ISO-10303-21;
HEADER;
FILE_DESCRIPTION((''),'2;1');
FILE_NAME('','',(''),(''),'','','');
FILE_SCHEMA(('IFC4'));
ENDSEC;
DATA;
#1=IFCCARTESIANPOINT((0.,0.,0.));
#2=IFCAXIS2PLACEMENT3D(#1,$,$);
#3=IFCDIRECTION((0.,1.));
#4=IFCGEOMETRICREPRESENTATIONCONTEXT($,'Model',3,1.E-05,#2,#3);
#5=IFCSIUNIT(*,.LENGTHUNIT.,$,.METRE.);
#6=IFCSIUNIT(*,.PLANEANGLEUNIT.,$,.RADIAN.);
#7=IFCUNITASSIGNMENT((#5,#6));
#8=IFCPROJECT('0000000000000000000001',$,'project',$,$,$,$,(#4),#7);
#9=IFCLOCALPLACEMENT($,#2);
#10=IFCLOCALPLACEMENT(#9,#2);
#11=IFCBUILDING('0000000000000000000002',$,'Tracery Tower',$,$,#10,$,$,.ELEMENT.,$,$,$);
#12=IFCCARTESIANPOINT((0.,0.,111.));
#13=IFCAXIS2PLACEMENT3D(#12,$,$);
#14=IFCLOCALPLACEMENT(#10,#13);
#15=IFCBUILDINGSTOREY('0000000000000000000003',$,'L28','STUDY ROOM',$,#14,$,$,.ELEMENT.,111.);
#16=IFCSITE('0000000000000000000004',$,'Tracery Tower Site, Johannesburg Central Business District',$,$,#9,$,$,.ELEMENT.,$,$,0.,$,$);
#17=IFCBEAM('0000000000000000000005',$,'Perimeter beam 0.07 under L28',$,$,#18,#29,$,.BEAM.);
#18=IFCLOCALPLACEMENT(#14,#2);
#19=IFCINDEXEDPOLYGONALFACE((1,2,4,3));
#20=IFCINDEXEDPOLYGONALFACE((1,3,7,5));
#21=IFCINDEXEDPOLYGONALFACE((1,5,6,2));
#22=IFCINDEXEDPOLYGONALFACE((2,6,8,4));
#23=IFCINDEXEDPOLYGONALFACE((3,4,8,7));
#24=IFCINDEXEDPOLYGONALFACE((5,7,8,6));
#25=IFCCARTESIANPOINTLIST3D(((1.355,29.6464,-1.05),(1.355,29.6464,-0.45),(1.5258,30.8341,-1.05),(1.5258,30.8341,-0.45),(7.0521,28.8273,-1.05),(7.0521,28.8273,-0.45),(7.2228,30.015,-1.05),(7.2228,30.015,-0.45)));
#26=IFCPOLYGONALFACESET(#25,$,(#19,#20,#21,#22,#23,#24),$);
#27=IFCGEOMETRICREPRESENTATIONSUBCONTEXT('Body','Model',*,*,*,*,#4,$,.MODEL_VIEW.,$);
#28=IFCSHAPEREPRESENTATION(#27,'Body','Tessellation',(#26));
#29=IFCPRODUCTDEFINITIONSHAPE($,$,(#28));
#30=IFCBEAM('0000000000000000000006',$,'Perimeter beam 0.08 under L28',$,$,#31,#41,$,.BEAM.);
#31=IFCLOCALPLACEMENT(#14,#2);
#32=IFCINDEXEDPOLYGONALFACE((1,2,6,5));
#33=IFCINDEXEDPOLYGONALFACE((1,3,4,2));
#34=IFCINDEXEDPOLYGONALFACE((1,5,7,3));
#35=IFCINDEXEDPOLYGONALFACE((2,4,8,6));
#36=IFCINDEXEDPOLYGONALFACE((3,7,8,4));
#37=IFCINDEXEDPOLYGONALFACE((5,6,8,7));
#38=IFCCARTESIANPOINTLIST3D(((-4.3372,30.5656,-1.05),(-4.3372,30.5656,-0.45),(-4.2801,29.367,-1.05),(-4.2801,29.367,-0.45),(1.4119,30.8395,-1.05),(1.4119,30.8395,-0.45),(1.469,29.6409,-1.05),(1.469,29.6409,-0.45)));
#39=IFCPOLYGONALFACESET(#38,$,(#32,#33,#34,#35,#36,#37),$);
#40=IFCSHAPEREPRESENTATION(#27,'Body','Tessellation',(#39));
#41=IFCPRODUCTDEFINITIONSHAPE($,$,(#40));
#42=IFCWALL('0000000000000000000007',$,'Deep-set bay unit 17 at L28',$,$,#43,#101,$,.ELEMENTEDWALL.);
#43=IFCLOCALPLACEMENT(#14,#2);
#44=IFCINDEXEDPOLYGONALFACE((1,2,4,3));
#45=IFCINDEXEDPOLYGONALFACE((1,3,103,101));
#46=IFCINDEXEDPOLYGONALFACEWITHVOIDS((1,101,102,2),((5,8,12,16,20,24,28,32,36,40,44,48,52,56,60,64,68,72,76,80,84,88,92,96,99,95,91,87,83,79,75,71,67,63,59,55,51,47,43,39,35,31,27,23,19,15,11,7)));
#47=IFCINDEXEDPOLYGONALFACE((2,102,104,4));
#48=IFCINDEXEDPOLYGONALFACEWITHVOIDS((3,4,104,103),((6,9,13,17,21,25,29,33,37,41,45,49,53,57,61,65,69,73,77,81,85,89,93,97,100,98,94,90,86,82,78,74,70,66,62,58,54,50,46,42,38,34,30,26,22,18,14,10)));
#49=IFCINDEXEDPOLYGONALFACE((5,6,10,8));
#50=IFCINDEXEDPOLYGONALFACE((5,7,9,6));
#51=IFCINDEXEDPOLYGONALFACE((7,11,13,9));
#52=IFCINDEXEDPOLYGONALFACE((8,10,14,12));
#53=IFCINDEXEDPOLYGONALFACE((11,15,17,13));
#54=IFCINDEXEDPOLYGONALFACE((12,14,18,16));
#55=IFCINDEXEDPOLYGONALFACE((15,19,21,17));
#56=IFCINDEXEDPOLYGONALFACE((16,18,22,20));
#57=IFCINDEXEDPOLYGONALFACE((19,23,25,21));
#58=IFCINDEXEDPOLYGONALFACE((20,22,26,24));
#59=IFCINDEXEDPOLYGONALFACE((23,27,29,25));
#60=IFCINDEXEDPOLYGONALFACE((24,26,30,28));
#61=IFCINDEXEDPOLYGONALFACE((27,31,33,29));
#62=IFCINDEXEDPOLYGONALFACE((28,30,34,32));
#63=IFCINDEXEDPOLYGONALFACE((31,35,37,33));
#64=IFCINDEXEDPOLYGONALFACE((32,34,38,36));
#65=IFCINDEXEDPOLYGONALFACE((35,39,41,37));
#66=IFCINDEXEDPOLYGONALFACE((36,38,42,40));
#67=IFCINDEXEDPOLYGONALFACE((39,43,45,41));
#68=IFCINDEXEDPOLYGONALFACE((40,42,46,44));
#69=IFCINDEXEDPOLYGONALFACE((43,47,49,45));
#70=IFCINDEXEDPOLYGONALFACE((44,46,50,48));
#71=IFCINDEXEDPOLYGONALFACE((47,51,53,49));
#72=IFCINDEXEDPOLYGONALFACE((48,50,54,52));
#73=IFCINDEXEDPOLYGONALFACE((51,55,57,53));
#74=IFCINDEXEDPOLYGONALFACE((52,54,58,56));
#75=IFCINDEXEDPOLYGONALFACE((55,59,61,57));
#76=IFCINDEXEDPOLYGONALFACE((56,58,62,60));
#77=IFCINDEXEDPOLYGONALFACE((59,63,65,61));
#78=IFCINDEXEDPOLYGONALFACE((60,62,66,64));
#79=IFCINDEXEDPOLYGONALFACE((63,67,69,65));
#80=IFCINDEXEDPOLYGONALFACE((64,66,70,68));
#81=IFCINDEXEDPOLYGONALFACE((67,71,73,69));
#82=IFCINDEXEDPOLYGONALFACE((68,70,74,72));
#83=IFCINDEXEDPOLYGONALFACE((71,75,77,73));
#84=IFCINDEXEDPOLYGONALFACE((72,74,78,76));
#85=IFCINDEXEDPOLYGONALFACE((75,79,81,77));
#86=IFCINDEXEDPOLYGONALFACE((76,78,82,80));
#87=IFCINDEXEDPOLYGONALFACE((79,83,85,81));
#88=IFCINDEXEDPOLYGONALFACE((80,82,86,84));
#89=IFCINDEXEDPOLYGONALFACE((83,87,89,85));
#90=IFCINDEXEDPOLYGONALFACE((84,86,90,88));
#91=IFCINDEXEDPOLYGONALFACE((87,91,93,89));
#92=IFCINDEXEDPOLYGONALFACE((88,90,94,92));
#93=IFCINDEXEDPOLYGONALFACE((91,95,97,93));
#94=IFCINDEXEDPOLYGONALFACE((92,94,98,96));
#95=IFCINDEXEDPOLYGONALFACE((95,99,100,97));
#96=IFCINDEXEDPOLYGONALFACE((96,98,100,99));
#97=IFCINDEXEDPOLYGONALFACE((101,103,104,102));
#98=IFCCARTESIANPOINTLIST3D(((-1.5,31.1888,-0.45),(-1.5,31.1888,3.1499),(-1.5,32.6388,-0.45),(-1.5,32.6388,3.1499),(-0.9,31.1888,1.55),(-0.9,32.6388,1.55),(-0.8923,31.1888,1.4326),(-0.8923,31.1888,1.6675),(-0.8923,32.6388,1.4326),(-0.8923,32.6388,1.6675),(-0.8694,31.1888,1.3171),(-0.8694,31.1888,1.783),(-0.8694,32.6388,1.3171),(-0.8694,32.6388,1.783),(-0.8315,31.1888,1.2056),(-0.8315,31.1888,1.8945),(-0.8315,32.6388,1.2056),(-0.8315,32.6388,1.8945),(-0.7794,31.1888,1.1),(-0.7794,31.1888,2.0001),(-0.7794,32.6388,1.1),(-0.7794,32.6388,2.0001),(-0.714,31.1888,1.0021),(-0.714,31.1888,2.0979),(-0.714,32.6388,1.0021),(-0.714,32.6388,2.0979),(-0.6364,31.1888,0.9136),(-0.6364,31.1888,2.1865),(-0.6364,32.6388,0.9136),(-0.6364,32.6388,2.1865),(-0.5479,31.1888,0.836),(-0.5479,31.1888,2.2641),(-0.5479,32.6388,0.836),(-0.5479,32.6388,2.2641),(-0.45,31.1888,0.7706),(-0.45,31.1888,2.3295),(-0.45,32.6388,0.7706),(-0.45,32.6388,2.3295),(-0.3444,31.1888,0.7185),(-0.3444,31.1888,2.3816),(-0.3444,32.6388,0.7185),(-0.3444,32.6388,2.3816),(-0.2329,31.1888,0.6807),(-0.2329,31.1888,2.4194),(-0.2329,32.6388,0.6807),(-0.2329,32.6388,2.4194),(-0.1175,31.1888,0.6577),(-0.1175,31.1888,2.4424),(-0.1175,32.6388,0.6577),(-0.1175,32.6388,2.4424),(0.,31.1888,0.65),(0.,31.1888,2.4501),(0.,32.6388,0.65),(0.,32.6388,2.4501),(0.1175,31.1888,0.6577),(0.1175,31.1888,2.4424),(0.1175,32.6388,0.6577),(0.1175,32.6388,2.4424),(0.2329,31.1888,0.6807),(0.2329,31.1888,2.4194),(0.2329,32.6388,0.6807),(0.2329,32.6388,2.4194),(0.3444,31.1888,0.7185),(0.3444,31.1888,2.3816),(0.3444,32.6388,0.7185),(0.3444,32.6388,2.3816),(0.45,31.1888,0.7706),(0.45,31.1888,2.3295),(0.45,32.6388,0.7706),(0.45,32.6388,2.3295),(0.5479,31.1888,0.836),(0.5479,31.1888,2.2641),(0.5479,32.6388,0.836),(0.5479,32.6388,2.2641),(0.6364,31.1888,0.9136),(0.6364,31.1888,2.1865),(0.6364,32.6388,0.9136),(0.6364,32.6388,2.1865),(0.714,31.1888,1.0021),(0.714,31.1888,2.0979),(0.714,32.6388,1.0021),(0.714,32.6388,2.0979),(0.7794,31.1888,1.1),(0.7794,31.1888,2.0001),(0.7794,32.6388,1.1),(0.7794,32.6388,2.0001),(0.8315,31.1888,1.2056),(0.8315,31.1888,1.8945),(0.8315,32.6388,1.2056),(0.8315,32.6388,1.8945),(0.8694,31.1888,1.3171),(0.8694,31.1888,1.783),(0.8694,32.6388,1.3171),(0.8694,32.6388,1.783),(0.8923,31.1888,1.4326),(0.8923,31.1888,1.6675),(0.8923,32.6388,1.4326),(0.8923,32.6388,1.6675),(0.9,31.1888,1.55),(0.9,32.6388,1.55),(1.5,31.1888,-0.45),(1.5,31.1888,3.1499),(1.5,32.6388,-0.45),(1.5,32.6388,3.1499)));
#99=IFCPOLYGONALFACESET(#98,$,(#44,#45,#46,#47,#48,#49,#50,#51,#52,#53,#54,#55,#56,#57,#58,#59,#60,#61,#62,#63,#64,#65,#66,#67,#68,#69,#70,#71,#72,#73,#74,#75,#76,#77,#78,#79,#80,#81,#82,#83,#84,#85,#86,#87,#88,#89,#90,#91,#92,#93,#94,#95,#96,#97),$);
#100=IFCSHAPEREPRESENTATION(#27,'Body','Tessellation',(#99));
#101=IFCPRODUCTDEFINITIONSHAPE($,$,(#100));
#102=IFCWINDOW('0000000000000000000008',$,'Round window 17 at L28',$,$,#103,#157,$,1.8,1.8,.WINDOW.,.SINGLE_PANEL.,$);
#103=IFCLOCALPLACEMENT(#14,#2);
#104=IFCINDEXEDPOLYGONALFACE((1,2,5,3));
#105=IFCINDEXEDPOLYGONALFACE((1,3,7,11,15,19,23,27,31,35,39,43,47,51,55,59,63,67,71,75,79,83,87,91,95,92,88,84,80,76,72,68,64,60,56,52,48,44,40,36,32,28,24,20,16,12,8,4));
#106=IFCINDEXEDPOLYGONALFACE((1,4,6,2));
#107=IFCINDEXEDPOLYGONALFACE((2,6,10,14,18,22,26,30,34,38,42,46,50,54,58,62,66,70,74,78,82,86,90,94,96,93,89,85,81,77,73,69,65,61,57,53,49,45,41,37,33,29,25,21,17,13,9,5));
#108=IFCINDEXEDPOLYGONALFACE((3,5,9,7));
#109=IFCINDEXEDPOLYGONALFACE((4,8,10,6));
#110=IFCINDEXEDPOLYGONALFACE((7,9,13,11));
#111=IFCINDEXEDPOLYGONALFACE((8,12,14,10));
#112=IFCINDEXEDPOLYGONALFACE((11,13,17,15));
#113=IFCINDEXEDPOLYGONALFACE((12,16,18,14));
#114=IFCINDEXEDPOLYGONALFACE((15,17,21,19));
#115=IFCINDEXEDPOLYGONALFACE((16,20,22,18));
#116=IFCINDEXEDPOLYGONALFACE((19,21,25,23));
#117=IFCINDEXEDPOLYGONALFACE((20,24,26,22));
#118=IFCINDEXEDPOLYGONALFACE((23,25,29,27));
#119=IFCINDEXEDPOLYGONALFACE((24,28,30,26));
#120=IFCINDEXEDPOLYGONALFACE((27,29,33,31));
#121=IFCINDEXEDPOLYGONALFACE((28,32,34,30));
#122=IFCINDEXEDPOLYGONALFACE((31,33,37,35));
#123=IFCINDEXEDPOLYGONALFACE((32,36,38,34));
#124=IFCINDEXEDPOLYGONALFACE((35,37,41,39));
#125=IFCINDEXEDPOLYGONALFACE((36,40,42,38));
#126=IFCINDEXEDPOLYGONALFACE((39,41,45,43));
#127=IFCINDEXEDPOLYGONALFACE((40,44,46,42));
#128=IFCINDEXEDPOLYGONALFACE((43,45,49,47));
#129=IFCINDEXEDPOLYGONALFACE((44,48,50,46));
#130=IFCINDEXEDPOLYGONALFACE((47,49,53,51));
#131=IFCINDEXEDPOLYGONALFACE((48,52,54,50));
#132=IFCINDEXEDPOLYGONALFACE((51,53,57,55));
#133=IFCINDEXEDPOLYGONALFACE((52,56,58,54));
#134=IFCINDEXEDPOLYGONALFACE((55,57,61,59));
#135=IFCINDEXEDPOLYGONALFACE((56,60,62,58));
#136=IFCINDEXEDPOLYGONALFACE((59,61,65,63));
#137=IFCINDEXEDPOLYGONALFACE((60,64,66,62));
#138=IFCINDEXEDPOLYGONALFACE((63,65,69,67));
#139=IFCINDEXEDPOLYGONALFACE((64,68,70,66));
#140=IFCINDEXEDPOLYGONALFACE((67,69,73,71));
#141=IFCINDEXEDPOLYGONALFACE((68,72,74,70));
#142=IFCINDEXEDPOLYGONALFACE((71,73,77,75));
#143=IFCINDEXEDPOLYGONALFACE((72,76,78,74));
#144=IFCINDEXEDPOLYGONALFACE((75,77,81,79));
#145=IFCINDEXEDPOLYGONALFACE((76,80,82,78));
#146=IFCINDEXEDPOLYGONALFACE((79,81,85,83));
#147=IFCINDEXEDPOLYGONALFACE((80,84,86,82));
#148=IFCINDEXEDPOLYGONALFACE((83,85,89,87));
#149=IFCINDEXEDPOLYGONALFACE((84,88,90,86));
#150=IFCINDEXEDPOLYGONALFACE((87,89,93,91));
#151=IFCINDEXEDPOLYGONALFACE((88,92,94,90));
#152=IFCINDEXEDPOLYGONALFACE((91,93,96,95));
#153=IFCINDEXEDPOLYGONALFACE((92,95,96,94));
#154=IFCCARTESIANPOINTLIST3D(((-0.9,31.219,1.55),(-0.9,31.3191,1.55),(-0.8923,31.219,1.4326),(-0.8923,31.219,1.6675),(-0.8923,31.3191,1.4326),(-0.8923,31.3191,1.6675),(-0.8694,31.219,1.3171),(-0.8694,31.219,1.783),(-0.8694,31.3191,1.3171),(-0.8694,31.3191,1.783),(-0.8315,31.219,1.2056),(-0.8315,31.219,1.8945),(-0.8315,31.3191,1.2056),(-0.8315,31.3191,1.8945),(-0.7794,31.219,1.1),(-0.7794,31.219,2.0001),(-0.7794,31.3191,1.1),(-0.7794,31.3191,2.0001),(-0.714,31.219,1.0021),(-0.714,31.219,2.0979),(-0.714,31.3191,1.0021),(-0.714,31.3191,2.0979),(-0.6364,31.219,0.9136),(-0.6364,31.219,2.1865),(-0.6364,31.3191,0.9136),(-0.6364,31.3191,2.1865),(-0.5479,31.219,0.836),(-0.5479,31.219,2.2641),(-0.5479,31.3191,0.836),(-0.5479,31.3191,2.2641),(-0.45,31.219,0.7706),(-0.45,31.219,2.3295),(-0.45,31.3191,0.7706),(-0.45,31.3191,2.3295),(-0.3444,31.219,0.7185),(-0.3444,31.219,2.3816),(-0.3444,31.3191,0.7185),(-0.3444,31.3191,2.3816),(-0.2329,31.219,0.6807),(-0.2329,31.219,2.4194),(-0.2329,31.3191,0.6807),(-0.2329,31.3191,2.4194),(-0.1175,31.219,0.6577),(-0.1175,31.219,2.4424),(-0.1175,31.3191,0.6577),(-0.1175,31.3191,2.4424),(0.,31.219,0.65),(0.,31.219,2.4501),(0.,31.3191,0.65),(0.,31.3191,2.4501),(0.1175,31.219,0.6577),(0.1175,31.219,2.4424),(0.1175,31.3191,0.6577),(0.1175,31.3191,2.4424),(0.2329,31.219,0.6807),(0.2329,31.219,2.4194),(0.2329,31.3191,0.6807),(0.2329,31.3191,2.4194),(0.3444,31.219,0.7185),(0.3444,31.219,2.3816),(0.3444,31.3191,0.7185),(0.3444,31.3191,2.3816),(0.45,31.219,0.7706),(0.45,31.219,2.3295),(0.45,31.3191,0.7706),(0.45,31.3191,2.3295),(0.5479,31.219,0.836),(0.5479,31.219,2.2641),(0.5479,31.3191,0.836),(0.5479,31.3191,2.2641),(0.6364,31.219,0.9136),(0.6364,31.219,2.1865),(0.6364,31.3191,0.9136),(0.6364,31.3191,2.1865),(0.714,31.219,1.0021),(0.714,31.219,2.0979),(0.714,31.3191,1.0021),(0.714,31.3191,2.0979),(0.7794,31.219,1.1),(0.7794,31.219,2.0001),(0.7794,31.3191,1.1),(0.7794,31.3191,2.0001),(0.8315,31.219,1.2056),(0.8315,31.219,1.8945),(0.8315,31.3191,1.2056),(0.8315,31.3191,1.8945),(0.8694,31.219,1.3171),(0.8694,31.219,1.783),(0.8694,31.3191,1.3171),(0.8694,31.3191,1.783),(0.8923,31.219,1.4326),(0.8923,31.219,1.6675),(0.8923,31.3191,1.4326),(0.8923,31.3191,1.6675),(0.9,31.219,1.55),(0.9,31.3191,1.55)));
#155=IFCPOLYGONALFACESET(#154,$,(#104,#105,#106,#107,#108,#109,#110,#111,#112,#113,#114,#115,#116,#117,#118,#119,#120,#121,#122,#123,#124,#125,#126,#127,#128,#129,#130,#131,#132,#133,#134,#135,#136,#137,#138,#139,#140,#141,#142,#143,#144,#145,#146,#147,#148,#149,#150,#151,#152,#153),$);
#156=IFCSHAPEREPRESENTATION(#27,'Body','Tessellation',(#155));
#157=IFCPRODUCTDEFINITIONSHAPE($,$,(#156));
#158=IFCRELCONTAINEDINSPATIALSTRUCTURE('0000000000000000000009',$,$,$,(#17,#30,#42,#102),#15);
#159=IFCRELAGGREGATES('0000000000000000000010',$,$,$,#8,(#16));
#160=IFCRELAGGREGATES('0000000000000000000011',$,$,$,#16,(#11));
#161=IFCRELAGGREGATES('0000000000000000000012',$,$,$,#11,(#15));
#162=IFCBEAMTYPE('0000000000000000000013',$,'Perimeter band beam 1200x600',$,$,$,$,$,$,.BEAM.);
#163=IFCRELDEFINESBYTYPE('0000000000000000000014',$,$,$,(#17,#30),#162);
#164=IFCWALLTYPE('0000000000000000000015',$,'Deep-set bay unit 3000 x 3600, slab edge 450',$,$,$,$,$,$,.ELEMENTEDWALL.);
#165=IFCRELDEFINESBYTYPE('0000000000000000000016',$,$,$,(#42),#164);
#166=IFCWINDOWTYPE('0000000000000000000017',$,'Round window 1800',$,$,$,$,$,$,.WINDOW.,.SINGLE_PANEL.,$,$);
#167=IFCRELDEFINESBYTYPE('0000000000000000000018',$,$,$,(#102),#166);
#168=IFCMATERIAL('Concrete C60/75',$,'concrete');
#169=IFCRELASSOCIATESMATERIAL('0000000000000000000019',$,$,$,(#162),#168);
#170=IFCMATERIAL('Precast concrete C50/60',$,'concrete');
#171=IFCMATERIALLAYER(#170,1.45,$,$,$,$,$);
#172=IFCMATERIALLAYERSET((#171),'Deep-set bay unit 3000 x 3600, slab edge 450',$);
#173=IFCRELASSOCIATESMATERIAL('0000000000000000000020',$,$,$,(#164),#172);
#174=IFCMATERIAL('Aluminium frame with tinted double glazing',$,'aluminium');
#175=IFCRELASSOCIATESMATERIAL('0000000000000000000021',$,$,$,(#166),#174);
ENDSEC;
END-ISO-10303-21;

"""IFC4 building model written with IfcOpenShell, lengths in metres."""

from ifc_helpers import new_model, si_unit, direction, frame, frame_2d, origin, origin_2d, place, context, subcontext, project, spatial, rectangle, circle, extrude, material, layer, layer_set, material_profile, profile_set, type_object, element, fill, save


model = new_model("IFC4")

# Units and contexts
model_context = context("Model", 3, precision=1e-05, world=origin(), true_north=direction((0.0, 1.0)))
body_context = subcontext(model_context, "Body", "Model", "MODEL_VIEW")
ifc_project = project(units=[si_unit("LENGTHUNIT", "METRE"), si_unit("PLANEANGLEUNIT", "RADIAN")], contexts=[model_context])

# Site, building, storey
site_placement = place(None, origin())
site = spatial("IfcSite", under=ifc_project, at=site_placement, Name="Tracery Tower Site, Johannesburg Central Business District", CompositionType="ELEMENT", RefElevation=0.0)
building_placement = place(site_placement, origin())
building = spatial("IfcBuilding", under=site, at=building_placement, Name="Tracery Tower", CompositionType="ELEMENT")
storey_placement = place(building_placement, frame((0.0, 0.0, 111.0)))
storey = spatial("IfcBuildingStorey", under=building, at=storey_placement, Name="L28", Description="STUDY ROOM", CompositionType="ELEMENT", Elevation=111.0)

# Beams
ifc_material_1 = material(Name="Concrete C60/75", Category="concrete")
ifc_material_profile_1 = material_profile(ifc_material_1, rectangle(XDim=1.2, YDim=0.6001, at=origin_2d()), Name="RC 1200x600")
ifc_profile_set_1 = profile_set([ifc_material_profile_1], Name="Concrete C60/75")
beam_type = type_object("IfcBeamType", Name="Perimeter band beam 1200x600", PredefinedType="BEAM", material=ifc_profile_set_1)
for number, where, z_axis, x_axis, name in (
    (1, (7.1375, 29.4211, -0.75), (-0.989822, 0.142312, 0.0), (-0.142312, -0.989822, 0.0), "Perimeter beam 0.07 under L28"),
    (2, (1.4404, 30.2402, -0.75), (-0.998867, -0.047593, 0.0), (0.047593, -0.998867, 0.0), "Perimeter beam 0.08 under L28"),
):
    element("IfcBeam", number, at=place(storey_placement, frame(where, z_axis=z_axis, x_axis=x_axis)), inside=storey, type_object=beam_type, Name=name, PredefinedType="BEAM", context=body_context, shape_type="SweptSolid", body=[
        extrude(rectangle(XDim=1.2, YDim=0.6001, at=origin_2d()), origin(), (0.0, 0.0, 1.0), 5.7556),
    ])

# Wall, opening, window
ifc_material_2 = material(Name="Precast concrete C50/60", Category="concrete")
ifc_layer_1 = layer(ifc_material_2, 1.45)
ifc_layer_set_1 = layer_set([ifc_layer_1], Name="Deep-set bay unit 3000 x 3600, slab edge 450")
wall_type_1 = type_object("IfcWallType", Name="Deep-set bay unit 3000 x 3600, slab edge 450", PredefinedType="ELEMENTEDWALL", material=ifc_layer_set_1)
wall_1_placement = place(storey_placement, frame((1.5, 31.9138, -0.45), z_axis=(0.0, 0.0, 1.0), x_axis=(-1.0, 0.0, 0.0)))
wall_1 = element("IfcWall", 3, at=wall_1_placement, inside=storey, type_object=wall_type_1, Name="Deep-set bay unit 17 at L28", PredefinedType="ELEMENTEDWALL", context=body_context, shape_type="SweptSolid", body=[
    extrude(rectangle(XDim=3.0, YDim=1.45, at=frame_2d((1.5, 0.0))), origin(), (0.0, 0.0, 1.0), 3.5999),
])
opening_1_placement = place(wall_1_placement, frame((1.5, 0.0, 2.0)))
opening_1 = element("IfcOpeningElement", 4, at=opening_1_placement, cuts=wall_1, PredefinedType="OPENING", context=body_context, shape_type="SweptSolid", body=[
    extrude(circle(Radius=0.9, at=origin_2d()), frame((0.0, 0.7349, 0.0), z_axis=(0.0, -1.0, 0.0), x_axis=(1.0, 0.0, 0.0)), (0.0, 0.0, 1.0), 1.47),
])
ifc_material_3 = material(Name="Aluminium frame with tinted double glazing", Category="aluminium")
window_type = type_object("IfcWindowType", Name="Round window 1800", PartitioningType="SINGLE_PANEL", PredefinedType="WINDOW", material=ifc_material_3)
window_1_placement = place(opening_1_placement, origin())
window_1 = element("IfcWindow", 5, at=window_1_placement, inside=storey, type_object=window_type, Name="Round window 17 at L28", OverallHeight=1.8, OverallWidth=1.8, PartitioningType="SINGLE_PANEL", PredefinedType="WINDOW", context=body_context, shape_type="SweptSolid", body=[
    extrude(circle(Radius=0.9, at=origin_2d()), frame((0.0, 0.6948, 0.0), z_axis=(0.0, -1.0, 0.0), x_axis=(1.0, 0.0, 0.0)), (0.0, 0.0, 1.0), 0.1001),
])
fill(opening_1, window_1)

save(model, "model.ifc")
